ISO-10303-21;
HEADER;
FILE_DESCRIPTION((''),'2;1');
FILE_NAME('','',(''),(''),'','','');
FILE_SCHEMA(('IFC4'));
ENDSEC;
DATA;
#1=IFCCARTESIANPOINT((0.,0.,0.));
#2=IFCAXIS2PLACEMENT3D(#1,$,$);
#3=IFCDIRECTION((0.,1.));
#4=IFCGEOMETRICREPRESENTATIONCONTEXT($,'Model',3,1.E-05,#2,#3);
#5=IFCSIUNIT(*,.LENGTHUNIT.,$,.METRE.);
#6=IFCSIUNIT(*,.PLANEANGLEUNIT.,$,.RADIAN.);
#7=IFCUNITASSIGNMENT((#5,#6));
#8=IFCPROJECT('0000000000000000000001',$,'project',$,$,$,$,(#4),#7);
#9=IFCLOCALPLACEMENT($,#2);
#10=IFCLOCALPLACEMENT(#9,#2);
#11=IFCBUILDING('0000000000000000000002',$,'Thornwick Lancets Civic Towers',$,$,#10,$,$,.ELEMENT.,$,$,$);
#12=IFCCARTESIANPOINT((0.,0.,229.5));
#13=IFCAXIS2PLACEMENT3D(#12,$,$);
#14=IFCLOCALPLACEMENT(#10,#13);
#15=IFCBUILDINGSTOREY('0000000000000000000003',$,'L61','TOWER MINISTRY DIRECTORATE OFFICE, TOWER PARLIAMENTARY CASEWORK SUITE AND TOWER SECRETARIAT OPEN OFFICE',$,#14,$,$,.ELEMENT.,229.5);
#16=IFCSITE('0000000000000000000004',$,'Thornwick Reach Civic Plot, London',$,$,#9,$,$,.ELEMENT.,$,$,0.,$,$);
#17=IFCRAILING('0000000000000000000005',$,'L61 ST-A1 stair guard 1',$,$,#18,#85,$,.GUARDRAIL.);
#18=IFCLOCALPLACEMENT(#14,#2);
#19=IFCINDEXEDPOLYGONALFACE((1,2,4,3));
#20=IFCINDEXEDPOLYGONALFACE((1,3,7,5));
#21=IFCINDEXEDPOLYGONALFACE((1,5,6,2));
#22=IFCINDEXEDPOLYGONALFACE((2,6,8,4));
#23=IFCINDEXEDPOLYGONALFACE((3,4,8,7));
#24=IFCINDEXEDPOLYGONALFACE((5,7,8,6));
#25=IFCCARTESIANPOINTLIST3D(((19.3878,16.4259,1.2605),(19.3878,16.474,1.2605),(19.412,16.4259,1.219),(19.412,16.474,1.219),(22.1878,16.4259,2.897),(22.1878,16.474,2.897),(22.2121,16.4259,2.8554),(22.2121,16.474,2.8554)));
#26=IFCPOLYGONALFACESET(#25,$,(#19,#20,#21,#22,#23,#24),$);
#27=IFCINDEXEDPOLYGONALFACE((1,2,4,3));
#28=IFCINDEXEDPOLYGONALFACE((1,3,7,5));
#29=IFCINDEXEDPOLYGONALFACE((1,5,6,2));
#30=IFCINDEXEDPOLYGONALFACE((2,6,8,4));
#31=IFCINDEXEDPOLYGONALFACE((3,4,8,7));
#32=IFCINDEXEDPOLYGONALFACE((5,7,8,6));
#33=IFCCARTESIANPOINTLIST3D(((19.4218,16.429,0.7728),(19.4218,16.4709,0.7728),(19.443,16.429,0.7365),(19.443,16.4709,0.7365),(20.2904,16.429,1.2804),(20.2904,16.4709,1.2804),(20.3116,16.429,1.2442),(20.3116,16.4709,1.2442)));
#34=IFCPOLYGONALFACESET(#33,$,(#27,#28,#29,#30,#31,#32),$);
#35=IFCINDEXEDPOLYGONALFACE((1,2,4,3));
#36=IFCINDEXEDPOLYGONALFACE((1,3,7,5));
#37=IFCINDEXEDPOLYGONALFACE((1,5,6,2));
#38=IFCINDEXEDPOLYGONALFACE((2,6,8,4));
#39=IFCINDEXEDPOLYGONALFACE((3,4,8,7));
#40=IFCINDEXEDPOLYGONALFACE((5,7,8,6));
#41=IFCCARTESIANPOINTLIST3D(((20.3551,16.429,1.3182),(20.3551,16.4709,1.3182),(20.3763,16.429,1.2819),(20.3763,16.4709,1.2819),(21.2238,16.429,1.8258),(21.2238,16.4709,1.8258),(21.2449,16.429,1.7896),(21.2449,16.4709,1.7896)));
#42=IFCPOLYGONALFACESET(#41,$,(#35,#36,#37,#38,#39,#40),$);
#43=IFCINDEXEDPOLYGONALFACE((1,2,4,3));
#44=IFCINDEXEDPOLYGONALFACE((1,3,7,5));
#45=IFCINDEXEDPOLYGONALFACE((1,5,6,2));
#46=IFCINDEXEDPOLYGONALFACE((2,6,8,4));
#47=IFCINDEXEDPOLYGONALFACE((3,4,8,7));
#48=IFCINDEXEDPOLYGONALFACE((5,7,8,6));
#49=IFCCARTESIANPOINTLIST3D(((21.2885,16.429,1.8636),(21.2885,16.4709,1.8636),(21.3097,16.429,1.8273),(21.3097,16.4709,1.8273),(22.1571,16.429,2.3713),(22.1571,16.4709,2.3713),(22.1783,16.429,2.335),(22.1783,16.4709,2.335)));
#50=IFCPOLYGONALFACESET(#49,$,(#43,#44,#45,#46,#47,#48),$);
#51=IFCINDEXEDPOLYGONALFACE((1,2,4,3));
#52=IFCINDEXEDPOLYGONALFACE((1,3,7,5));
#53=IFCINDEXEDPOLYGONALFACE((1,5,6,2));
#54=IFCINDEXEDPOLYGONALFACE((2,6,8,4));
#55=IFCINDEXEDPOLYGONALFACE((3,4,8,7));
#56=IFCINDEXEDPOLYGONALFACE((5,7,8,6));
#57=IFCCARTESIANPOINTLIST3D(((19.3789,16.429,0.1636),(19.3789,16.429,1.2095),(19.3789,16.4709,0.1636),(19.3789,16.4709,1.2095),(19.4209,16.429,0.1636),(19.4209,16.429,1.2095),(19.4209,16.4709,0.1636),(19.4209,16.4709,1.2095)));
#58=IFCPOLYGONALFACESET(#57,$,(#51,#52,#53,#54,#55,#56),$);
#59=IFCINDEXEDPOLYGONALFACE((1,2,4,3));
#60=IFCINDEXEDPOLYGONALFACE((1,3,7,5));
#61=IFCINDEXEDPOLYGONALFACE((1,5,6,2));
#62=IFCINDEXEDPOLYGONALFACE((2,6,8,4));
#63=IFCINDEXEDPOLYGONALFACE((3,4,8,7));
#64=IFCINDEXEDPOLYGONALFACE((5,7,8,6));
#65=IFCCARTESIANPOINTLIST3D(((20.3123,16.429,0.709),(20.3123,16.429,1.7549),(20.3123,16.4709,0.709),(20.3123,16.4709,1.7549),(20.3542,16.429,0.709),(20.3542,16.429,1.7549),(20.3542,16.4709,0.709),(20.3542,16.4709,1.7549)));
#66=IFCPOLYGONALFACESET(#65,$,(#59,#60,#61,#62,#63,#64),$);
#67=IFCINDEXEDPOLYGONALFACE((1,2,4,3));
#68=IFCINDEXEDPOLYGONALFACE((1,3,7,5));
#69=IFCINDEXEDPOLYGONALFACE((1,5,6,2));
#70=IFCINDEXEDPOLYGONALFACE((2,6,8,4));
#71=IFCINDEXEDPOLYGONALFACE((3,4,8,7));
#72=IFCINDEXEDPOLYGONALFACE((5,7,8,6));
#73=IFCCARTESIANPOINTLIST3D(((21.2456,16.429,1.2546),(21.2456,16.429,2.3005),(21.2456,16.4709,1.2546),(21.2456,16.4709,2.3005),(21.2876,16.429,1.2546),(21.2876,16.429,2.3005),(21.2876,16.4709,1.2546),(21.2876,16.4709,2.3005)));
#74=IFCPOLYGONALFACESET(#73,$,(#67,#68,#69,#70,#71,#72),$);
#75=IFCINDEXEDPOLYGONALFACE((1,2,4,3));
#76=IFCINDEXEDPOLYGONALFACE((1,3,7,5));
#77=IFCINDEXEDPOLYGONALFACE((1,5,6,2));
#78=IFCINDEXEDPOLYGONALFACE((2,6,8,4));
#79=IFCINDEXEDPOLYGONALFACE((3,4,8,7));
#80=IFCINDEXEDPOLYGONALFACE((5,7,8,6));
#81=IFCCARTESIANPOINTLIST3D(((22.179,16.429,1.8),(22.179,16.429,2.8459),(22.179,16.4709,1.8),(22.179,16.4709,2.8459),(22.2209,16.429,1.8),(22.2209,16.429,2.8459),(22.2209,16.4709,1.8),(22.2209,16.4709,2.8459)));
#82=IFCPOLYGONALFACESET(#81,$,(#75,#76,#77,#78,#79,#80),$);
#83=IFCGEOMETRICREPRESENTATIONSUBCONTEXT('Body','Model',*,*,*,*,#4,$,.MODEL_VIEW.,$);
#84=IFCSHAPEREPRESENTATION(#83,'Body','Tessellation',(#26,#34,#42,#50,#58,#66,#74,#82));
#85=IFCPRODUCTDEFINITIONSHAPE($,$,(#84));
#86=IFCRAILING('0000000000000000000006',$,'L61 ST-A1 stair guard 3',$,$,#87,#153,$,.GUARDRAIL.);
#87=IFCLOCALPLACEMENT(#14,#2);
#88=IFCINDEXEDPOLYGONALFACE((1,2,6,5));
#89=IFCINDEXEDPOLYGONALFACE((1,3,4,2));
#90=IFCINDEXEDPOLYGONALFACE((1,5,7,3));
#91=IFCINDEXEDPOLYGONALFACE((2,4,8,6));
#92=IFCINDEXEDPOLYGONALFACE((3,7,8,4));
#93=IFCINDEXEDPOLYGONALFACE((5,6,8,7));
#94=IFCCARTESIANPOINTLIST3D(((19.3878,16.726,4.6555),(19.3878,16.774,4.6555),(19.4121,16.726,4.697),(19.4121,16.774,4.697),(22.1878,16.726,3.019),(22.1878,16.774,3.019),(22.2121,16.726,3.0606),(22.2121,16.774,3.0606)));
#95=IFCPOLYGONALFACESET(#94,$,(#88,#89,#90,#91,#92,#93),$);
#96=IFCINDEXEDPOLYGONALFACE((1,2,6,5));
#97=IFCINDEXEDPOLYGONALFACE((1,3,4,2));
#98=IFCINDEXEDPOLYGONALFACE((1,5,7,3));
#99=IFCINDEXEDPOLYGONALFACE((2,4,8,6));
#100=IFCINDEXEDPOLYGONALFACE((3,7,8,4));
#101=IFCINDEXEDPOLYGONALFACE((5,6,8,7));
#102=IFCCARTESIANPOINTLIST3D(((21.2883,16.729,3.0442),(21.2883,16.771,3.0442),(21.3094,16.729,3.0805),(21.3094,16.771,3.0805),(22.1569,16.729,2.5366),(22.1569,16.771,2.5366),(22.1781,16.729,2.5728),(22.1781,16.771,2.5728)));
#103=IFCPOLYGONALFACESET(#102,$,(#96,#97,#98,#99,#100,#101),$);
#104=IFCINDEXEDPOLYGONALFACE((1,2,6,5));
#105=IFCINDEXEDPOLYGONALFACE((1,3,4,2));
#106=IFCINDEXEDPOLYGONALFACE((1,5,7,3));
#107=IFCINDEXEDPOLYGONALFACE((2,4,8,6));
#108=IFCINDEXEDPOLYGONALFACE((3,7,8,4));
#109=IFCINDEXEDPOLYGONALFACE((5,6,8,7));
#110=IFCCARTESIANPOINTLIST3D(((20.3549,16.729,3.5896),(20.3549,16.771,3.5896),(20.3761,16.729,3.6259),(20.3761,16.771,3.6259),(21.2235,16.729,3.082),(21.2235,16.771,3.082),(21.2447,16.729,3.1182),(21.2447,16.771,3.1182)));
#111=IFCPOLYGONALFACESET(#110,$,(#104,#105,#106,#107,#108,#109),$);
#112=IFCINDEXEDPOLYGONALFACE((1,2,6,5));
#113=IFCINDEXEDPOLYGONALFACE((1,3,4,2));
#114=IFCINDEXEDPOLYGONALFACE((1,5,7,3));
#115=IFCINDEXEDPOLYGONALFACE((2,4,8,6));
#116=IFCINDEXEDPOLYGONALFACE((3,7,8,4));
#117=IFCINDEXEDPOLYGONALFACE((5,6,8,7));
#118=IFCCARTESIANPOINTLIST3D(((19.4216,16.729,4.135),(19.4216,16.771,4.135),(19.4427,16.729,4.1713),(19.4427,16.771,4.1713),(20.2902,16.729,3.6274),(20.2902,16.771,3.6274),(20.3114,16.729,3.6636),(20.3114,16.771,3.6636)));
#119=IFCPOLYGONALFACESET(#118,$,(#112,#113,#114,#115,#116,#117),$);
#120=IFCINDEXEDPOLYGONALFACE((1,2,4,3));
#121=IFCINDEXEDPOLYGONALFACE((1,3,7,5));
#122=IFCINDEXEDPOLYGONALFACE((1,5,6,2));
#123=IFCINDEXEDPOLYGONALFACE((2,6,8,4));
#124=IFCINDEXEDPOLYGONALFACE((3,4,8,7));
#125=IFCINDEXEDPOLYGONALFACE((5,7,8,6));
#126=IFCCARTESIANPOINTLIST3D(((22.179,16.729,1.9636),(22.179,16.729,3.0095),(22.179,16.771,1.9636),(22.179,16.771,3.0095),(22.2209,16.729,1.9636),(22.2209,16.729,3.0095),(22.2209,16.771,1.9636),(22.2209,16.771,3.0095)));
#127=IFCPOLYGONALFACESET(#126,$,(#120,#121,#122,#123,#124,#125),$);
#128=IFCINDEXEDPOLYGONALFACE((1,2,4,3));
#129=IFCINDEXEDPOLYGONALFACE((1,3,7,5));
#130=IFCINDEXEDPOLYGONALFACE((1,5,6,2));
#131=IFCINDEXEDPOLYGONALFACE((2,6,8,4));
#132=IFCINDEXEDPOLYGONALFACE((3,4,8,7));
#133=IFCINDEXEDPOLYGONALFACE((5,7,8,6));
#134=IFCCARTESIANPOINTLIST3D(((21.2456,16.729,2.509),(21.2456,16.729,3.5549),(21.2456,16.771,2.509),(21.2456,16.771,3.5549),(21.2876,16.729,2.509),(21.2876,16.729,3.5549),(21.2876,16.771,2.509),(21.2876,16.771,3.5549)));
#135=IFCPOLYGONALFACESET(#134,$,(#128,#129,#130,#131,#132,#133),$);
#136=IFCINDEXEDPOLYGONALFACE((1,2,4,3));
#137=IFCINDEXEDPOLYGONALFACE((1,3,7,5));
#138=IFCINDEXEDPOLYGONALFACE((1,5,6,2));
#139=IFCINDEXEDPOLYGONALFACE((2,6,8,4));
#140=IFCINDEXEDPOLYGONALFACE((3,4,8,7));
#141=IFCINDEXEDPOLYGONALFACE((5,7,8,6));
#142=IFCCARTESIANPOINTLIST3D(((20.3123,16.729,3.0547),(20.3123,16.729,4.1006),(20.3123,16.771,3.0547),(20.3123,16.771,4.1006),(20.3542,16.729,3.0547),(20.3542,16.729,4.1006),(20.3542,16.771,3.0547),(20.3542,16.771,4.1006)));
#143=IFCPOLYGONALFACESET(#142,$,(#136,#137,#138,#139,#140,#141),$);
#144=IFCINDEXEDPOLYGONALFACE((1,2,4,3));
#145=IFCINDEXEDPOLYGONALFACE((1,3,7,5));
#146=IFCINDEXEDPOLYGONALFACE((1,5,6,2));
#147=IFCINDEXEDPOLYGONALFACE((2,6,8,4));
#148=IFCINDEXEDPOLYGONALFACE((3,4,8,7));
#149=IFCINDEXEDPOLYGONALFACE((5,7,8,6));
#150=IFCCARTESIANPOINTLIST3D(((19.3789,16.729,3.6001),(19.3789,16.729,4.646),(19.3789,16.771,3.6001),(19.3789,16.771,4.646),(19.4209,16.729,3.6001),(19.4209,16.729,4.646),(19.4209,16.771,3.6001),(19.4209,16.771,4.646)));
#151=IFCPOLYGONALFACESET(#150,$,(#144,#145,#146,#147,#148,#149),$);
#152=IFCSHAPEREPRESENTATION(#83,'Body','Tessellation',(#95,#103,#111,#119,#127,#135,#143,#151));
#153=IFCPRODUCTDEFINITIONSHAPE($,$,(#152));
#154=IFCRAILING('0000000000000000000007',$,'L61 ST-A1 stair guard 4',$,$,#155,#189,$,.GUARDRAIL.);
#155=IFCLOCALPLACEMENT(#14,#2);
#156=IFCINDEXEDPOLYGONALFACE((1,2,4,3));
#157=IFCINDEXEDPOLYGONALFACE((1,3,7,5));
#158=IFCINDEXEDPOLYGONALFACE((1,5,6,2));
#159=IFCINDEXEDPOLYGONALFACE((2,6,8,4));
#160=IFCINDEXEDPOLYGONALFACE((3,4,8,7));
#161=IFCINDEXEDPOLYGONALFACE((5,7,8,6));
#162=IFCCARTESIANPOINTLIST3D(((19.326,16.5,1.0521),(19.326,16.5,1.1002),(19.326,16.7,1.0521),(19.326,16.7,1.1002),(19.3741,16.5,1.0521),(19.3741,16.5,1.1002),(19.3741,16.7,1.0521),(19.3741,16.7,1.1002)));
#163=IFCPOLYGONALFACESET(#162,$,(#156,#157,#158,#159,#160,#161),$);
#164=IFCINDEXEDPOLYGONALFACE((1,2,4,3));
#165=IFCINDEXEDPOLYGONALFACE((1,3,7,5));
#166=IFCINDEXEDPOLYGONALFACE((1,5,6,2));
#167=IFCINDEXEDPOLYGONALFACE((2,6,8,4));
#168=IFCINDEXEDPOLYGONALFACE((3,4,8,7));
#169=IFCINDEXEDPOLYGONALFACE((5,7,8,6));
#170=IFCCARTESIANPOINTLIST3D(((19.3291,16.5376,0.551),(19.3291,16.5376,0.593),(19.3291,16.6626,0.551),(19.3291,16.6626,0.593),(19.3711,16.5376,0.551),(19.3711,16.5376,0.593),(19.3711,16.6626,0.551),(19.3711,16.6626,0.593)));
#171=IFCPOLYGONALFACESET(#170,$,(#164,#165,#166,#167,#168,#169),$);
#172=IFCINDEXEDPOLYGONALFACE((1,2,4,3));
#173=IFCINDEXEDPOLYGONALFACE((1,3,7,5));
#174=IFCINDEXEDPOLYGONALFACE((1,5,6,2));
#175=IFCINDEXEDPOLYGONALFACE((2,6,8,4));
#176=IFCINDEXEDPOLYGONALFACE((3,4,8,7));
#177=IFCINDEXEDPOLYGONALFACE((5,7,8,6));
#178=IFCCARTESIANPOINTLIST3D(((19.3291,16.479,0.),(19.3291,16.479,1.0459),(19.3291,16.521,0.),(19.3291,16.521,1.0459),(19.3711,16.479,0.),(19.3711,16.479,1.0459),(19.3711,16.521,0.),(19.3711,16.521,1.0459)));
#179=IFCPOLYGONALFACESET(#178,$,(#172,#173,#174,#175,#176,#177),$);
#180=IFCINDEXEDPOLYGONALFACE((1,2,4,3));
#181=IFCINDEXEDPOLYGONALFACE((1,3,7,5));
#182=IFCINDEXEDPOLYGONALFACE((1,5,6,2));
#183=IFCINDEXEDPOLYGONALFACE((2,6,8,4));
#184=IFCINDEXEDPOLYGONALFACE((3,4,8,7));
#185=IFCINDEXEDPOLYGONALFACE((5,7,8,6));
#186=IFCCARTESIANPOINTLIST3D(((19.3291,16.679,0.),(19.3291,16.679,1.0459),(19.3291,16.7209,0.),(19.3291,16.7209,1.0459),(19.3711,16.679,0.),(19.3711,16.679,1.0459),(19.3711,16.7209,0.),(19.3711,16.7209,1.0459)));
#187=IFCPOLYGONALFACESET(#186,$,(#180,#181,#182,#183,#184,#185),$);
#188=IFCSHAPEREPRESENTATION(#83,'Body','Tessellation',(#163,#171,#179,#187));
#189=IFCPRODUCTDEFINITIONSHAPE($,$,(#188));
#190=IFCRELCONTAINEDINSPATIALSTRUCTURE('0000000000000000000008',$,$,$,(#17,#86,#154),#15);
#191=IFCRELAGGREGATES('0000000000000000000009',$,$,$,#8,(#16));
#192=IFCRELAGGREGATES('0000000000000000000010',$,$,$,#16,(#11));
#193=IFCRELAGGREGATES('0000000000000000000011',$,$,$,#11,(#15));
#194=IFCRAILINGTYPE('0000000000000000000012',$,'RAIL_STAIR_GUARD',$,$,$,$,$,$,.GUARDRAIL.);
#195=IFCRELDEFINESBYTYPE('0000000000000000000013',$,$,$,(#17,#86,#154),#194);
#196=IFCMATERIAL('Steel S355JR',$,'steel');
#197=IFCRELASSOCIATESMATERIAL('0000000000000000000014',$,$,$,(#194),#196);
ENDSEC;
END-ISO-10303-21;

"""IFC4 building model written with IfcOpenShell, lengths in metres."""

from ifc_helpers import new_model, si_unit, direction, frame, origin, origin_2d, place, context, subcontext, project, spatial, rectangle, extrude, material, type_object, element, save


model = new_model("IFC4")

# Units and contexts
model_context = context("Model", 3, precision=1e-05, world=origin(), true_north=direction((0.0, 1.0)))
body_context = subcontext(model_context, "Body", "Model", "MODEL_VIEW")
ifc_project = project(units=[si_unit("LENGTHUNIT", "METRE"), si_unit("PLANEANGLEUNIT", "RADIAN")], contexts=[model_context])

# Site, building, storey
site_placement = place(None, origin())
site = spatial("IfcSite", under=ifc_project, at=site_placement, Name="Thornwick Reach Civic Plot, London", CompositionType="ELEMENT", RefElevation=0.0)
building_placement = place(site_placement, origin())
building = spatial("IfcBuilding", under=site, at=building_placement, Name="Thornwick Lancets Civic Towers", CompositionType="ELEMENT")
storey_placement = place(building_placement, frame((0.0, 0.0, 229.5)))
storey = spatial("IfcBuildingStorey", under=building, at=storey_placement, Name="L61", Description="TOWER MINISTRY DIRECTORATE OFFICE, TOWER PARLIAMENTARY CASEWORK SUITE AND TOWER SECRETARIAT OPEN OFFICE", CompositionType="ELEMENT", Elevation=229.5)

# Shared definitions
ifc_material_1 = material(Name="Steel S355JR", Category="steel")

# Railings
railing_type_1 = type_object("IfcRailingType", Name="RAIL_STAIR_GUARD", PredefinedType="GUARDRAIL", material=ifc_material_1)
railing_1_placement = place(storey_placement, frame((19.3999, 16.45, 0.1636)))
element("IfcRailing", 1, at=railing_1_placement, inside=storey, type_object=railing_type_1, Name="L61 ST-A1 stair guard 1", PredefinedType="GUARDRAIL", context=body_context, shape_type="SweptSolid", body=[
    extrude(rectangle(XDim=0.0481, YDim=0.0481, at=origin_2d()), frame((0.0, 0.0, 1.0762), z_axis=(0.863361, 0.0, 0.504587), x_axis=(0.0, 1.0, 0.0)), (0.0, 0.0, 1.0), 3.2432),
    extrude(rectangle(XDim=0.042, YDim=0.042, at=origin_2d()), frame((0.0325, 0.0, 0.5911), z_axis=(0.863361, 0.0, 0.504587), x_axis=(0.0, 1.0, 0.0)), (0.0, 0.0, 1.0), 1.0061),
    extrude(rectangle(XDim=0.042, YDim=0.042, at=origin_2d()), frame((0.9658, 0.0, 1.1365), z_axis=(0.863361, 0.0, 0.504587), x_axis=(0.0, 1.0, 0.0)), (0.0, 0.0, 1.0), 1.0061),
    extrude(rectangle(XDim=0.042, YDim=0.042, at=origin_2d()), frame((1.8992, 0.0, 1.6819), z_axis=(0.863361, 0.0, 0.504587), x_axis=(0.0, 1.0, 0.0)), (0.0, 0.0, 1.0), 1.0061),
    extrude(rectangle(XDim=0.042, YDim=0.042, at=origin_2d()), origin(), (0.0, 0.0, 1.0), 1.0459),
    extrude(rectangle(XDim=0.042, YDim=0.042, at=origin_2d()), frame((0.9333, 0.0, 0.5454)), (0.0, 0.0, 1.0), 1.0459),
    extrude(rectangle(XDim=0.042, YDim=0.042, at=origin_2d()), frame((1.8667, 0.0, 1.0911)), (0.0, 0.0, 1.0), 1.0459),
    extrude(rectangle(XDim=0.042, YDim=0.042, at=origin_2d()), frame((2.8, 0.0, 1.6365)), (0.0, 0.0, 1.0), 1.0459),
])
railing_2_placement = place(storey_placement, frame((22.2, 16.75, 1.9636)))
element("IfcRailing", 2, at=railing_2_placement, inside=storey, type_object=railing_type_1, Name="L61 ST-A1 stair guard 3", PredefinedType="GUARDRAIL", context=body_context, shape_type="SweptSolid", body=[
    extrude(rectangle(XDim=0.0481, YDim=0.0481, at=origin_2d()), frame((0.0, 0.0, 1.0762), z_axis=(-0.863361, 0.0, 0.504587), x_axis=(0.0, -1.0, 0.0)), (0.0, 0.0, 1.0), 3.2432),
    extrude(rectangle(XDim=0.042, YDim=0.042, at=origin_2d()), frame((-0.0325, 0.0, 0.5911), z_axis=(-0.863361, 0.0, 0.504587), x_axis=(0.0, -1.0, 0.0)), (0.0, 0.0, 1.0), 1.0061),
    extrude(rectangle(XDim=0.042, YDim=0.042, at=origin_2d()), frame((-0.9658, 0.0, 1.1365), z_axis=(-0.863361, 0.0, 0.504587), x_axis=(0.0, -1.0, 0.0)), (0.0, 0.0, 1.0), 1.0061),
    extrude(rectangle(XDim=0.042, YDim=0.042, at=origin_2d()), frame((-1.8992, 0.0, 1.6819), z_axis=(-0.863361, 0.0, 0.504587), x_axis=(0.0, -1.0, 0.0)), (0.0, 0.0, 1.0), 1.0061),
    extrude(rectangle(XDim=0.042, YDim=0.042, at=origin_2d()), origin(), (0.0, 0.0, 1.0), 1.0459),
    extrude(rectangle(XDim=0.042, YDim=0.042, at=origin_2d()), frame((-0.9333, 0.0, 0.5454)), (0.0, 0.0, 1.0), 1.0459),
    extrude(rectangle(XDim=0.042, YDim=0.042, at=origin_2d()), frame((-1.8667, 0.0, 1.0911)), (0.0, 0.0, 1.0), 1.0459),
    extrude(rectangle(XDim=0.042, YDim=0.042, at=origin_2d()), frame((-2.8, 0.0, 1.6365)), (0.0, 0.0, 1.0), 1.0459),
])
railing_3_placement = place(storey_placement, frame((19.3501, 16.5, 0.0)))
element("IfcRailing", 3, at=railing_3_placement, inside=storey, type_object=railing_type_1, Name="L61 ST-A1 stair guard 4", PredefinedType="GUARDRAIL", context=body_context, shape_type="SweptSolid", body=[
    extrude(rectangle(XDim=0.0481, YDim=0.0481, at=origin_2d()), frame((0.0, 0.0, 1.0762), z_axis=(0.0, 1.0, 0.0), x_axis=(-1.0, 0.0, 0.0)), (0.0, 0.0, 1.0), 0.2),
    extrude(rectangle(XDim=0.042, YDim=0.042, at=origin_2d()), frame((0.0, 0.0376, 0.572), z_axis=(0.0, 1.0, 0.0), x_axis=(-1.0, 0.0, 0.0)), (0.0, 0.0, 1.0), 0.125),
    extrude(rectangle(XDim=0.042, YDim=0.042, at=origin_2d()), origin(), (0.0, 0.0, 1.0), 1.0459),
    extrude(rectangle(XDim=0.042, YDim=0.042, at=origin_2d()), frame((0.0, 0.2, 0.0)), (0.0, 0.0, 1.0), 1.0459),
])

save(model, "model.ifc")
